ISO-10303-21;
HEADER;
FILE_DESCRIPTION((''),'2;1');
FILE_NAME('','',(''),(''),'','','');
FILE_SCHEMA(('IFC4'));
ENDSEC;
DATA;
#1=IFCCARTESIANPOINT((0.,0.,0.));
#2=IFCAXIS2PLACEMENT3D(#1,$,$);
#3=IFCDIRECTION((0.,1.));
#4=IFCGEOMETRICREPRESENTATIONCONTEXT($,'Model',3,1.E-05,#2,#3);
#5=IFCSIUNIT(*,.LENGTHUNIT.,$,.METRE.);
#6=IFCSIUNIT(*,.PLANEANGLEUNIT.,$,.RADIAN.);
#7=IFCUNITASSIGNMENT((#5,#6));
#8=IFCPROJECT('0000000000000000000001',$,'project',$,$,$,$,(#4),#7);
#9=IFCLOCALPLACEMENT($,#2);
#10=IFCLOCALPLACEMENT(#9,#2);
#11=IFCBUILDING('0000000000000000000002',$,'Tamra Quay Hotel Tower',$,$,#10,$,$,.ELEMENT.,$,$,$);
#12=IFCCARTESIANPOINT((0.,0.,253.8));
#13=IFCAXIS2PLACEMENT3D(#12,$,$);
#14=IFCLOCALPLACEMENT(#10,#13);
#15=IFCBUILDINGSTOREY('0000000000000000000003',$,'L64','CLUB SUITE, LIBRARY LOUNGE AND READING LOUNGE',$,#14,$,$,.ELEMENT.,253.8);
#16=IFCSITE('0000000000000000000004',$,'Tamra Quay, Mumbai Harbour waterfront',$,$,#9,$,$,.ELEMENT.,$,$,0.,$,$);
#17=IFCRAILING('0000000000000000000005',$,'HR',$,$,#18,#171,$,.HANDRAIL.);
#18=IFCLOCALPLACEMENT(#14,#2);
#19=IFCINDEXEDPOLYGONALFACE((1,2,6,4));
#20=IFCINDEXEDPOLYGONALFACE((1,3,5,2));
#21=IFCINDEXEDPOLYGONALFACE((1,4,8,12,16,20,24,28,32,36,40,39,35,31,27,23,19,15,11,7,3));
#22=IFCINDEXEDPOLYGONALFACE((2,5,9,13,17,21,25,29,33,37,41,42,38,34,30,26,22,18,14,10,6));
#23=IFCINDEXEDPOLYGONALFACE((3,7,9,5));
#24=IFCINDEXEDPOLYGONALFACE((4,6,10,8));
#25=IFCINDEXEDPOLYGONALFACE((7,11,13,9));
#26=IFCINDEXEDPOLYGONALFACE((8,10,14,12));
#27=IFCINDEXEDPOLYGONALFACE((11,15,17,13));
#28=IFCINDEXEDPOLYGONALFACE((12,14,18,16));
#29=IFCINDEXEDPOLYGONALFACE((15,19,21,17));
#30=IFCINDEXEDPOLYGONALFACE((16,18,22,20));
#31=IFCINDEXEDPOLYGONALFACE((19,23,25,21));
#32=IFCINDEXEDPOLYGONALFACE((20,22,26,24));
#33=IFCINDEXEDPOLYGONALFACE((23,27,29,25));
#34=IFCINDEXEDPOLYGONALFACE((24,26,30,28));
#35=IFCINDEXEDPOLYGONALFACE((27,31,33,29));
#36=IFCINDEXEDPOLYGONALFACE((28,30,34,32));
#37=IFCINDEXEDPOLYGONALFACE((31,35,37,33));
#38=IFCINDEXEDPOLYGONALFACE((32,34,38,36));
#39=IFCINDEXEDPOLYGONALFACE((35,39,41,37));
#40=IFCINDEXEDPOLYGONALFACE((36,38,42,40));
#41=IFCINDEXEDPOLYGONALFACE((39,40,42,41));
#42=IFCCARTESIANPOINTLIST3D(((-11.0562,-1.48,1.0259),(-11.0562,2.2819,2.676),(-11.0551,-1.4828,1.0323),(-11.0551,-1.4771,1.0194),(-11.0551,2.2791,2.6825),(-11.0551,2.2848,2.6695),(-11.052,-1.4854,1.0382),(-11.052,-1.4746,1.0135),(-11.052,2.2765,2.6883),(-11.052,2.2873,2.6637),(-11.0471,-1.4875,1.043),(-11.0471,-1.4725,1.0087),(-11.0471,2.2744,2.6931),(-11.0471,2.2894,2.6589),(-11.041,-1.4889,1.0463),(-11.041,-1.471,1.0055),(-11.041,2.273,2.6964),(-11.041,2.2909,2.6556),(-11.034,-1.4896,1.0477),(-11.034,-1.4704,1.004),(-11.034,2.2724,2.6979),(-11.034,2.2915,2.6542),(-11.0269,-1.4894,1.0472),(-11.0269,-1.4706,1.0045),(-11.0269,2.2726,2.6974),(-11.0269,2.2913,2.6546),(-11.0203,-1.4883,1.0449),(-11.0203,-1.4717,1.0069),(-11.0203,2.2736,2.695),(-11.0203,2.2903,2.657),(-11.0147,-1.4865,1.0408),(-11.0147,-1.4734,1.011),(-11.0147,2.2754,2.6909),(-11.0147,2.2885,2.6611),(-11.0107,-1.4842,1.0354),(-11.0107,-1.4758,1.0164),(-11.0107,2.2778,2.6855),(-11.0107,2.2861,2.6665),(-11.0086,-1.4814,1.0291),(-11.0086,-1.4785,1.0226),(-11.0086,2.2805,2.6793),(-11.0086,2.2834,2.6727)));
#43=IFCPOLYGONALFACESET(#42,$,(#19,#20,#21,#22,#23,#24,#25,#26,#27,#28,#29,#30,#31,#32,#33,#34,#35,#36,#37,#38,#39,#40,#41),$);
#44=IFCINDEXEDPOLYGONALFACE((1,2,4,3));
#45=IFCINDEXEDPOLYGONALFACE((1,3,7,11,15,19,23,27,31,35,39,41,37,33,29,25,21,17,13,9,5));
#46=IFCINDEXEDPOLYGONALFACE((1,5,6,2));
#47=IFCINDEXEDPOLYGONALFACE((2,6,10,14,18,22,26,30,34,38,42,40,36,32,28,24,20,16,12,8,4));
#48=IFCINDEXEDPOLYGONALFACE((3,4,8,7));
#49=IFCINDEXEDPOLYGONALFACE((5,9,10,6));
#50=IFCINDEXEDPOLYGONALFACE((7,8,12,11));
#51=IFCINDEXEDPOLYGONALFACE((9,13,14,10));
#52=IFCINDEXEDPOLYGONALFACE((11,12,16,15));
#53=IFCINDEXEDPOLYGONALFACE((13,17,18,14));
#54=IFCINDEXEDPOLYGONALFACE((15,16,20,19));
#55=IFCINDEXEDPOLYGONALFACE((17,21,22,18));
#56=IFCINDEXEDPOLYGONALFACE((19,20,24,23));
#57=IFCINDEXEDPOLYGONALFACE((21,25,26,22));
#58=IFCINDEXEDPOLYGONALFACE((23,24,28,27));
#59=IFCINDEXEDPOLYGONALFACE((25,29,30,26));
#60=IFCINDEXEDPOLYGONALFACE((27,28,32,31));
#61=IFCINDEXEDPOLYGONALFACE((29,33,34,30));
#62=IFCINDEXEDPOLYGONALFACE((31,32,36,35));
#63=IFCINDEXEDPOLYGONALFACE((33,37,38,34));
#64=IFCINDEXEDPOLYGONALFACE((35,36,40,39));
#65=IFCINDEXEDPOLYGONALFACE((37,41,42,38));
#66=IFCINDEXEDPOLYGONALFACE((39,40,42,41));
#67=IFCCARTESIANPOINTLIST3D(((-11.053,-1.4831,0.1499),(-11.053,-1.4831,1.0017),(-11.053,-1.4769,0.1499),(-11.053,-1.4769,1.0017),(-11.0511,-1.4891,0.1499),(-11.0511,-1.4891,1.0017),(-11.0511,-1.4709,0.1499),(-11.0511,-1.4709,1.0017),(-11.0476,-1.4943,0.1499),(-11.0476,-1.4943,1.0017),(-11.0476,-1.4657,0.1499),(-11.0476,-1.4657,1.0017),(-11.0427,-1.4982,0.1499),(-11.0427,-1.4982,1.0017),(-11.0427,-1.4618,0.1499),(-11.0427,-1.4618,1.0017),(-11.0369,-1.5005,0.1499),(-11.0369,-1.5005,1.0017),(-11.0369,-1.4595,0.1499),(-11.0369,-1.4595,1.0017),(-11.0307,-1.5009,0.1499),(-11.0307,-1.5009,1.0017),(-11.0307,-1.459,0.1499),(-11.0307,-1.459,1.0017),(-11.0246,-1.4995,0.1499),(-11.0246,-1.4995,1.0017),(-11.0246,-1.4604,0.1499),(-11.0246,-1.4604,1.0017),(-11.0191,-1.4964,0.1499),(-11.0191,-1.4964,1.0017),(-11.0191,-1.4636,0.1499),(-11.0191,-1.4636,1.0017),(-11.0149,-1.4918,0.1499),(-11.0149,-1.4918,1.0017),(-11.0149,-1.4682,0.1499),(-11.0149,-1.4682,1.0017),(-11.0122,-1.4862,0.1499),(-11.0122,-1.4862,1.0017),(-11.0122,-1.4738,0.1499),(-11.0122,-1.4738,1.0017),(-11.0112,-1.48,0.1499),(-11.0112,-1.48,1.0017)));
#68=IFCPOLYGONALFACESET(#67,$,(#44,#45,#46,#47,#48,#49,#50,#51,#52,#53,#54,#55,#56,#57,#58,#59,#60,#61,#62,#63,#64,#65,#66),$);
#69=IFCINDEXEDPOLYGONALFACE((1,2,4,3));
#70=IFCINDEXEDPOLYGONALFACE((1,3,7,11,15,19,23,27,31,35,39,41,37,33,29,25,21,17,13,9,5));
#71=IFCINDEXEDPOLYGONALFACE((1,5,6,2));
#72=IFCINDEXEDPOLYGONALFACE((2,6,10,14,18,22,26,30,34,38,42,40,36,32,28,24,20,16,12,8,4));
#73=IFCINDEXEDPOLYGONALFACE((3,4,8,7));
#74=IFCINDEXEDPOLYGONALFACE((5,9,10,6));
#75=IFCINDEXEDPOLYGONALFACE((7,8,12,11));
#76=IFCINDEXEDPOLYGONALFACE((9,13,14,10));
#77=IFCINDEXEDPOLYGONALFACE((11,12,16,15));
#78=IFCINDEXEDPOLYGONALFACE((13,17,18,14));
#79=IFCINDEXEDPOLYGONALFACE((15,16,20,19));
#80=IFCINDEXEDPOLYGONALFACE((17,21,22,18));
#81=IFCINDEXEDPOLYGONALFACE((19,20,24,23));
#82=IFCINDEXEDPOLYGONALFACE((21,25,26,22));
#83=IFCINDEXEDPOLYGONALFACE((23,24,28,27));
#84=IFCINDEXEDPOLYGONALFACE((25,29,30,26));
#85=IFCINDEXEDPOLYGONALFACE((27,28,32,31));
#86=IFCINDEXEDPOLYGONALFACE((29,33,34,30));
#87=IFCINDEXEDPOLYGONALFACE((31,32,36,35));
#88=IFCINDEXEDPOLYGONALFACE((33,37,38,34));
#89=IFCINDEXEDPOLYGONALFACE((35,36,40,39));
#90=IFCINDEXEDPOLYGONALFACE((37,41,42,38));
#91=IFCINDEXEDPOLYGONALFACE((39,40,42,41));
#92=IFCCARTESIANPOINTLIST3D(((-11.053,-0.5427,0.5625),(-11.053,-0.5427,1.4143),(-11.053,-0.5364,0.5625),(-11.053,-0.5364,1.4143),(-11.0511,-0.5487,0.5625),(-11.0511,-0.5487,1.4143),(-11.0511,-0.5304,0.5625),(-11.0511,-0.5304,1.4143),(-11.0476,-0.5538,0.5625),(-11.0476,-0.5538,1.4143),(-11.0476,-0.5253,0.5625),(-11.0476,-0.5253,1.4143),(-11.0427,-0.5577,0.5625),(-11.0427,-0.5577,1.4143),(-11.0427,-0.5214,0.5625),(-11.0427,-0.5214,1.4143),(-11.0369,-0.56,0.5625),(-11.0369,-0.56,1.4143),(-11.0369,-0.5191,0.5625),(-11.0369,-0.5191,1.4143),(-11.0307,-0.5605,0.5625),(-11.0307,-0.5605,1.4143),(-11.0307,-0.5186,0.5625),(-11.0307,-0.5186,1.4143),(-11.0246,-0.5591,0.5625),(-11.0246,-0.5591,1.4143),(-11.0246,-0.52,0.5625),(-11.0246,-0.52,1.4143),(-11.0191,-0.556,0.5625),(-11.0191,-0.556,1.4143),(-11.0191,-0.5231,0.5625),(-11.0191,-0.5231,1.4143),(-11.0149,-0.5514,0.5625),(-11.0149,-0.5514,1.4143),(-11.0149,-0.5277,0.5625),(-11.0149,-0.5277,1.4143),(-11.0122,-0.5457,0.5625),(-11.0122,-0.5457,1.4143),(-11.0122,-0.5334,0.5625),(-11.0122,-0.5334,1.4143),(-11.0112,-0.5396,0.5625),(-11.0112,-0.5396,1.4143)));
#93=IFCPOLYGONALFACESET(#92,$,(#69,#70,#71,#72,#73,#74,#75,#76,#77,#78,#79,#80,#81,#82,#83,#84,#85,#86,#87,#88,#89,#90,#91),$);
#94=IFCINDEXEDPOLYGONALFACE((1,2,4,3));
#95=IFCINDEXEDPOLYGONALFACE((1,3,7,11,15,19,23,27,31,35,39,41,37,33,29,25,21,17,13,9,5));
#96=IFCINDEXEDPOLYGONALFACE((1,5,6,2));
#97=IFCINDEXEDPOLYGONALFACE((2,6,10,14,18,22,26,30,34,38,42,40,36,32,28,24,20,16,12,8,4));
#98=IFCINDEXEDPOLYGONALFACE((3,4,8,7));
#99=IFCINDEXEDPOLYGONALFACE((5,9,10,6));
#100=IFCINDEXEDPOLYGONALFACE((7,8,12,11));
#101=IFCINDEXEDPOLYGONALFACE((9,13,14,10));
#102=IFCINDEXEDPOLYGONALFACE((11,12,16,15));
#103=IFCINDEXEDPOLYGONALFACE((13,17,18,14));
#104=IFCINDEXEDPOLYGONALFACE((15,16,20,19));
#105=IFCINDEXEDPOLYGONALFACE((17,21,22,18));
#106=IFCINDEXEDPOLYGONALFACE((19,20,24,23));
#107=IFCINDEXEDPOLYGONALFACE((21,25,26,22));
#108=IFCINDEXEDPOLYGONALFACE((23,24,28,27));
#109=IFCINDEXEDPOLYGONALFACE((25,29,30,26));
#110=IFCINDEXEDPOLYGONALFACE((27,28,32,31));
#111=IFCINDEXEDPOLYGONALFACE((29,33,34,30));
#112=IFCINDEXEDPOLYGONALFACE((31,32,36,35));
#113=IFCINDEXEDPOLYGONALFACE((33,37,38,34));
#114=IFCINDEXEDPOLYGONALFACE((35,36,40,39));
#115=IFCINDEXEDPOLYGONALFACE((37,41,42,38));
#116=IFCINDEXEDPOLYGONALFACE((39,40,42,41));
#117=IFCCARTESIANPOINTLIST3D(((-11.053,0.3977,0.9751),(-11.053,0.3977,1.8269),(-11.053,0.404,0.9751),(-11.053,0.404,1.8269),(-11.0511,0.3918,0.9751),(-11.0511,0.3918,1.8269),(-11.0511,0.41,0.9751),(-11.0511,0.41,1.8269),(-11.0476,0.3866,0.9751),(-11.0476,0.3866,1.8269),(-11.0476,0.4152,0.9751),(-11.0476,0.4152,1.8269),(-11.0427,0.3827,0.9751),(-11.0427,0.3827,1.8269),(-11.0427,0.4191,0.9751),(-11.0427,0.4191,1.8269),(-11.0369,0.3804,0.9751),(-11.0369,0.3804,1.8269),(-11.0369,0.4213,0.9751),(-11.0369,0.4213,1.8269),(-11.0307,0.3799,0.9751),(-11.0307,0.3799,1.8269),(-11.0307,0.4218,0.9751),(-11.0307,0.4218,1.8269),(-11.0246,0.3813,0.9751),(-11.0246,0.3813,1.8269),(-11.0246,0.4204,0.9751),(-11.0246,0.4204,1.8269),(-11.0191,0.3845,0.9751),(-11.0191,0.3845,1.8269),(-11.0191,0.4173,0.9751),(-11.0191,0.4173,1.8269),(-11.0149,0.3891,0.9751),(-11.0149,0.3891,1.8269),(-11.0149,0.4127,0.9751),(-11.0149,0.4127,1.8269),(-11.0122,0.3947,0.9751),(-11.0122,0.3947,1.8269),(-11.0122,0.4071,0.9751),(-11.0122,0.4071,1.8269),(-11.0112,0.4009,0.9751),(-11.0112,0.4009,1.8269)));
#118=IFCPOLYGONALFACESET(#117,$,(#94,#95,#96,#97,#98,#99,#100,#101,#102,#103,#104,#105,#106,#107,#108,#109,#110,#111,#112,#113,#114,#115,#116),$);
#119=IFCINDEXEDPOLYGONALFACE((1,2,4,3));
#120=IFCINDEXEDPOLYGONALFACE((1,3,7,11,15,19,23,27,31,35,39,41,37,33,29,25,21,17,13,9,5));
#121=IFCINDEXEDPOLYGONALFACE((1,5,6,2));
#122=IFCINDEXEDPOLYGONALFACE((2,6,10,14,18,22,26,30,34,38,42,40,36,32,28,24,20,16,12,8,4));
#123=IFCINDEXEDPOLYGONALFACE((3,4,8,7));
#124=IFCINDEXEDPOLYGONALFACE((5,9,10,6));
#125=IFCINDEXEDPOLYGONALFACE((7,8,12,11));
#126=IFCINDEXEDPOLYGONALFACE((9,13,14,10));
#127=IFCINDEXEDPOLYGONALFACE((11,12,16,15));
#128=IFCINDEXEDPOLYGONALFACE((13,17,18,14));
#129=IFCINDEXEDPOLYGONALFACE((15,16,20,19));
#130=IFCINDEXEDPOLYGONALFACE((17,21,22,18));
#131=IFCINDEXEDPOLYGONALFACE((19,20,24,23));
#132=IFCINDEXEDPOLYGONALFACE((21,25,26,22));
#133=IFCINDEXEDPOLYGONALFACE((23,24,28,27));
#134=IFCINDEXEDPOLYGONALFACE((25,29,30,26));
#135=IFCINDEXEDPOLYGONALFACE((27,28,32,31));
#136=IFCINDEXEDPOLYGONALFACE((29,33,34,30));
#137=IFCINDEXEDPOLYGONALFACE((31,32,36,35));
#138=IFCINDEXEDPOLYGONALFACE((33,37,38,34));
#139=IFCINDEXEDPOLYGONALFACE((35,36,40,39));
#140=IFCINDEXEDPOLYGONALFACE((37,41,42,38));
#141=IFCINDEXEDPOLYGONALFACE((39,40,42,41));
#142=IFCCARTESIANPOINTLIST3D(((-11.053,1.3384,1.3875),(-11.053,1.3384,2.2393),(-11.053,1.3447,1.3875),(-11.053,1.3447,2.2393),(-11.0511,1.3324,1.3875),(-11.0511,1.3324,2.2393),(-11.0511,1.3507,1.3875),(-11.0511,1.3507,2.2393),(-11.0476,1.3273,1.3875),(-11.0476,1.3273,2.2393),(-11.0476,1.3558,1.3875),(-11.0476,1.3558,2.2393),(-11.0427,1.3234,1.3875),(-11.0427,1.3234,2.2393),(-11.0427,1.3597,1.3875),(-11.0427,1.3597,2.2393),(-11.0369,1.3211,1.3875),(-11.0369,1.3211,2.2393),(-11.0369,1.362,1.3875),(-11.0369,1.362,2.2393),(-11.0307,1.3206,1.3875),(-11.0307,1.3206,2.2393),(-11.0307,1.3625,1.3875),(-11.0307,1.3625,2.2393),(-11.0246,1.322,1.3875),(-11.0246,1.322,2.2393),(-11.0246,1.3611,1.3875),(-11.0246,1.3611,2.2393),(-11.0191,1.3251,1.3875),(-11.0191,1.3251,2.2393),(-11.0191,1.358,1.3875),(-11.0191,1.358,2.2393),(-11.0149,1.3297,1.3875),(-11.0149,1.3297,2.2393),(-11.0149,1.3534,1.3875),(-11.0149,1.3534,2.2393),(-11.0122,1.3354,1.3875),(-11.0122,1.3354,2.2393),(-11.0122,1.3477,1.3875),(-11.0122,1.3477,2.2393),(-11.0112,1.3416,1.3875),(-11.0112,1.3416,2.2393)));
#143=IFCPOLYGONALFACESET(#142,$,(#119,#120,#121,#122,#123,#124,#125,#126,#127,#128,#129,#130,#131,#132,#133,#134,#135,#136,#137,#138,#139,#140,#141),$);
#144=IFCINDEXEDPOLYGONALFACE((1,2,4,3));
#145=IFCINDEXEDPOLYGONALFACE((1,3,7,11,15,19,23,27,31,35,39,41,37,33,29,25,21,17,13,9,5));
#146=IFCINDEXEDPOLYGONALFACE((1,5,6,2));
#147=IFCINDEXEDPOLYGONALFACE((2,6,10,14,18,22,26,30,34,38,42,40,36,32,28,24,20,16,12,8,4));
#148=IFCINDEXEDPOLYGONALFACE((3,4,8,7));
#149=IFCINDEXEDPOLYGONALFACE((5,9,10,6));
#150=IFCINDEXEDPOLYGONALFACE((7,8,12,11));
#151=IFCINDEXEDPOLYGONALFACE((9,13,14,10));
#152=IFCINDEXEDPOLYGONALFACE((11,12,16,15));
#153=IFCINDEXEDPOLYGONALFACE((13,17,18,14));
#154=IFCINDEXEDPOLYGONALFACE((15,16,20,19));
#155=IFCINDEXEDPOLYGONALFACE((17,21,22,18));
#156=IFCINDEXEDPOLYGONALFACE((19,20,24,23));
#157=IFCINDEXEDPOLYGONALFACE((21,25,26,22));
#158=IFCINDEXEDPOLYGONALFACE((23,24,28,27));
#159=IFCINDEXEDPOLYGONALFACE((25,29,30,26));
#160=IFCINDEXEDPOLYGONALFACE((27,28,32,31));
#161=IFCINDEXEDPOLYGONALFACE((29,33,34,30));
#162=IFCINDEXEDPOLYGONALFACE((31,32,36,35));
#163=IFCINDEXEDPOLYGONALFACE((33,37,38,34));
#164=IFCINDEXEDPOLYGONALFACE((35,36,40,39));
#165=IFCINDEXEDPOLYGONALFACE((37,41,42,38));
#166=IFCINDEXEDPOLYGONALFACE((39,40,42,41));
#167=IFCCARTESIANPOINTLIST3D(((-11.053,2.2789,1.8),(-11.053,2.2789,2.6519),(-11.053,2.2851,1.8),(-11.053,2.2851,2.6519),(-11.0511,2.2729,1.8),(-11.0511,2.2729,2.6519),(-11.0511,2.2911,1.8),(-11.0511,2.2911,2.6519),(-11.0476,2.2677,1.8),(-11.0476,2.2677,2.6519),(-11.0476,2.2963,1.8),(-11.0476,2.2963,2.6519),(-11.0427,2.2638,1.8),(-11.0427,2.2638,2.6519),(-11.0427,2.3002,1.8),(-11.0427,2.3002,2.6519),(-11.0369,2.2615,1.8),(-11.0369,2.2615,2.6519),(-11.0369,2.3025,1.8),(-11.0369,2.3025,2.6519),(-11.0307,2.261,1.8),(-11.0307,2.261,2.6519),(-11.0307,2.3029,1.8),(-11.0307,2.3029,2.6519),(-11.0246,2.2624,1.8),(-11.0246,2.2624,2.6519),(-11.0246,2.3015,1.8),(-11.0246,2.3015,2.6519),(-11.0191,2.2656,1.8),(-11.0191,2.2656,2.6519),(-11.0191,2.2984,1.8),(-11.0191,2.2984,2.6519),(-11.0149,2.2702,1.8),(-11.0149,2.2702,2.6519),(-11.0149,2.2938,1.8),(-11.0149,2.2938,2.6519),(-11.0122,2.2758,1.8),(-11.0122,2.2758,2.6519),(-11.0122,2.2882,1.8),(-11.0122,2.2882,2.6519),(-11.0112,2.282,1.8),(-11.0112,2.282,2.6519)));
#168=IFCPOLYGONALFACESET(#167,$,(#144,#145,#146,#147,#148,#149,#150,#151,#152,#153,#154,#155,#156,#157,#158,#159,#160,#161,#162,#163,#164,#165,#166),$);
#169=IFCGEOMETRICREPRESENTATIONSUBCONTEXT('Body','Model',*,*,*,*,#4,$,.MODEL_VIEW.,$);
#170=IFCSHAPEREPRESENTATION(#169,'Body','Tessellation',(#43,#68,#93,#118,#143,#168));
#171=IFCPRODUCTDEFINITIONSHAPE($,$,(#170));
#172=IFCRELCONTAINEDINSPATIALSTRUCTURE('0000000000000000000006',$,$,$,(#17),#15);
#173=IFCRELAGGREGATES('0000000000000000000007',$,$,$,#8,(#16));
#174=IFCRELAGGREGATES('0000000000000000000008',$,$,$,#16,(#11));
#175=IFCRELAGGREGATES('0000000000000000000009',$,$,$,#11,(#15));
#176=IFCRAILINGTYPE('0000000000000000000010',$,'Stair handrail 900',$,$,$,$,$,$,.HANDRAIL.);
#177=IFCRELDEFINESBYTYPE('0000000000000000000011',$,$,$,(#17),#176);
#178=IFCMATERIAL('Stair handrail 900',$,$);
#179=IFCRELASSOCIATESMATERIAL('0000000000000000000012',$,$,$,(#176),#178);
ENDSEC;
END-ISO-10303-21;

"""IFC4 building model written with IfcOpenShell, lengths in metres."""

from ifc_helpers import new_model, si_unit, direction, frame, origin, origin_2d, place, context, subcontext, project, spatial, circle, extrude, material, type_object, element, save


model = new_model("IFC4")

# Units and contexts
model_context = context("Model", 3, precision=1e-05, world=origin(), true_north=direction((0.0, 1.0)))
body_context = subcontext(model_context, "Body", "Model", "MODEL_VIEW")
ifc_project = project(units=[si_unit("LENGTHUNIT", "METRE"), si_unit("PLANEANGLEUNIT", "RADIAN")], contexts=[model_context])

# Site, building, storey
site_placement = place(None, origin())
site = spatial("IfcSite", under=ifc_project, at=site_placement, Name="Tamra Quay, Mumbai Harbour waterfront", CompositionType="ELEMENT", RefElevation=0.0)
building_placement = place(site_placement, origin())
building = spatial("IfcBuilding", under=site, at=building_placement, Name="Tamra Quay Hotel Tower", CompositionType="ELEMENT")
storey_placement = place(building_placement, frame((0.0, 0.0, 253.8)))
storey = spatial("IfcBuildingStorey", under=building, at=storey_placement, Name="L64", Description="CLUB SUITE, LIBRARY LOUNGE AND READING LOUNGE", CompositionType="ELEMENT", Elevation=253.8)

# Railing
ifc_material_1 = material(Name="Stair handrail 900")
railing_type_1 = type_object("IfcRailingType", Name="Stair handrail 900", PredefinedType="HANDRAIL", material=ifc_material_1)
railing_1_placement = place(storey_placement, frame((-11.0322, -1.48, 0.1499)))
element("IfcRailing", 1, at=railing_1_placement, inside=storey, type_object=railing_type_1, Name="HR", PredefinedType="HANDRAIL", context=body_context, shape_type="SweptSolid", body=[
    extrude(circle(Radius=0.0239, at=origin_2d()), frame((0.0, 0.0, 0.876), z_axis=(0.0, 0.915774, 0.401695), x_axis=(-1.0, 0.0, 0.0)), (0.0, 0.0, 1.0), 4.1079),
    extrude(circle(Radius=0.021, at=origin_2d()), origin(), (0.0, 0.0, 1.0), 0.8518),
    extrude(circle(Radius=0.021, at=origin_2d()), frame((0.0, 0.9404, 0.4126)), (0.0, 0.0, 1.0), 0.8518),
    extrude(circle(Radius=0.021, at=origin_2d()), frame((0.0, 1.8809, 0.8252)), (0.0, 0.0, 1.0), 0.8518),
    extrude(circle(Radius=0.021, at=origin_2d()), frame((0.0, 2.8215, 1.2375)), (0.0, 0.0, 1.0), 0.8518),
    extrude(circle(Radius=0.021, at=origin_2d()), frame((0.0, 3.762, 1.6501)), (0.0, 0.0, 1.0), 0.8518),
])

save(model, "model.ifc")
